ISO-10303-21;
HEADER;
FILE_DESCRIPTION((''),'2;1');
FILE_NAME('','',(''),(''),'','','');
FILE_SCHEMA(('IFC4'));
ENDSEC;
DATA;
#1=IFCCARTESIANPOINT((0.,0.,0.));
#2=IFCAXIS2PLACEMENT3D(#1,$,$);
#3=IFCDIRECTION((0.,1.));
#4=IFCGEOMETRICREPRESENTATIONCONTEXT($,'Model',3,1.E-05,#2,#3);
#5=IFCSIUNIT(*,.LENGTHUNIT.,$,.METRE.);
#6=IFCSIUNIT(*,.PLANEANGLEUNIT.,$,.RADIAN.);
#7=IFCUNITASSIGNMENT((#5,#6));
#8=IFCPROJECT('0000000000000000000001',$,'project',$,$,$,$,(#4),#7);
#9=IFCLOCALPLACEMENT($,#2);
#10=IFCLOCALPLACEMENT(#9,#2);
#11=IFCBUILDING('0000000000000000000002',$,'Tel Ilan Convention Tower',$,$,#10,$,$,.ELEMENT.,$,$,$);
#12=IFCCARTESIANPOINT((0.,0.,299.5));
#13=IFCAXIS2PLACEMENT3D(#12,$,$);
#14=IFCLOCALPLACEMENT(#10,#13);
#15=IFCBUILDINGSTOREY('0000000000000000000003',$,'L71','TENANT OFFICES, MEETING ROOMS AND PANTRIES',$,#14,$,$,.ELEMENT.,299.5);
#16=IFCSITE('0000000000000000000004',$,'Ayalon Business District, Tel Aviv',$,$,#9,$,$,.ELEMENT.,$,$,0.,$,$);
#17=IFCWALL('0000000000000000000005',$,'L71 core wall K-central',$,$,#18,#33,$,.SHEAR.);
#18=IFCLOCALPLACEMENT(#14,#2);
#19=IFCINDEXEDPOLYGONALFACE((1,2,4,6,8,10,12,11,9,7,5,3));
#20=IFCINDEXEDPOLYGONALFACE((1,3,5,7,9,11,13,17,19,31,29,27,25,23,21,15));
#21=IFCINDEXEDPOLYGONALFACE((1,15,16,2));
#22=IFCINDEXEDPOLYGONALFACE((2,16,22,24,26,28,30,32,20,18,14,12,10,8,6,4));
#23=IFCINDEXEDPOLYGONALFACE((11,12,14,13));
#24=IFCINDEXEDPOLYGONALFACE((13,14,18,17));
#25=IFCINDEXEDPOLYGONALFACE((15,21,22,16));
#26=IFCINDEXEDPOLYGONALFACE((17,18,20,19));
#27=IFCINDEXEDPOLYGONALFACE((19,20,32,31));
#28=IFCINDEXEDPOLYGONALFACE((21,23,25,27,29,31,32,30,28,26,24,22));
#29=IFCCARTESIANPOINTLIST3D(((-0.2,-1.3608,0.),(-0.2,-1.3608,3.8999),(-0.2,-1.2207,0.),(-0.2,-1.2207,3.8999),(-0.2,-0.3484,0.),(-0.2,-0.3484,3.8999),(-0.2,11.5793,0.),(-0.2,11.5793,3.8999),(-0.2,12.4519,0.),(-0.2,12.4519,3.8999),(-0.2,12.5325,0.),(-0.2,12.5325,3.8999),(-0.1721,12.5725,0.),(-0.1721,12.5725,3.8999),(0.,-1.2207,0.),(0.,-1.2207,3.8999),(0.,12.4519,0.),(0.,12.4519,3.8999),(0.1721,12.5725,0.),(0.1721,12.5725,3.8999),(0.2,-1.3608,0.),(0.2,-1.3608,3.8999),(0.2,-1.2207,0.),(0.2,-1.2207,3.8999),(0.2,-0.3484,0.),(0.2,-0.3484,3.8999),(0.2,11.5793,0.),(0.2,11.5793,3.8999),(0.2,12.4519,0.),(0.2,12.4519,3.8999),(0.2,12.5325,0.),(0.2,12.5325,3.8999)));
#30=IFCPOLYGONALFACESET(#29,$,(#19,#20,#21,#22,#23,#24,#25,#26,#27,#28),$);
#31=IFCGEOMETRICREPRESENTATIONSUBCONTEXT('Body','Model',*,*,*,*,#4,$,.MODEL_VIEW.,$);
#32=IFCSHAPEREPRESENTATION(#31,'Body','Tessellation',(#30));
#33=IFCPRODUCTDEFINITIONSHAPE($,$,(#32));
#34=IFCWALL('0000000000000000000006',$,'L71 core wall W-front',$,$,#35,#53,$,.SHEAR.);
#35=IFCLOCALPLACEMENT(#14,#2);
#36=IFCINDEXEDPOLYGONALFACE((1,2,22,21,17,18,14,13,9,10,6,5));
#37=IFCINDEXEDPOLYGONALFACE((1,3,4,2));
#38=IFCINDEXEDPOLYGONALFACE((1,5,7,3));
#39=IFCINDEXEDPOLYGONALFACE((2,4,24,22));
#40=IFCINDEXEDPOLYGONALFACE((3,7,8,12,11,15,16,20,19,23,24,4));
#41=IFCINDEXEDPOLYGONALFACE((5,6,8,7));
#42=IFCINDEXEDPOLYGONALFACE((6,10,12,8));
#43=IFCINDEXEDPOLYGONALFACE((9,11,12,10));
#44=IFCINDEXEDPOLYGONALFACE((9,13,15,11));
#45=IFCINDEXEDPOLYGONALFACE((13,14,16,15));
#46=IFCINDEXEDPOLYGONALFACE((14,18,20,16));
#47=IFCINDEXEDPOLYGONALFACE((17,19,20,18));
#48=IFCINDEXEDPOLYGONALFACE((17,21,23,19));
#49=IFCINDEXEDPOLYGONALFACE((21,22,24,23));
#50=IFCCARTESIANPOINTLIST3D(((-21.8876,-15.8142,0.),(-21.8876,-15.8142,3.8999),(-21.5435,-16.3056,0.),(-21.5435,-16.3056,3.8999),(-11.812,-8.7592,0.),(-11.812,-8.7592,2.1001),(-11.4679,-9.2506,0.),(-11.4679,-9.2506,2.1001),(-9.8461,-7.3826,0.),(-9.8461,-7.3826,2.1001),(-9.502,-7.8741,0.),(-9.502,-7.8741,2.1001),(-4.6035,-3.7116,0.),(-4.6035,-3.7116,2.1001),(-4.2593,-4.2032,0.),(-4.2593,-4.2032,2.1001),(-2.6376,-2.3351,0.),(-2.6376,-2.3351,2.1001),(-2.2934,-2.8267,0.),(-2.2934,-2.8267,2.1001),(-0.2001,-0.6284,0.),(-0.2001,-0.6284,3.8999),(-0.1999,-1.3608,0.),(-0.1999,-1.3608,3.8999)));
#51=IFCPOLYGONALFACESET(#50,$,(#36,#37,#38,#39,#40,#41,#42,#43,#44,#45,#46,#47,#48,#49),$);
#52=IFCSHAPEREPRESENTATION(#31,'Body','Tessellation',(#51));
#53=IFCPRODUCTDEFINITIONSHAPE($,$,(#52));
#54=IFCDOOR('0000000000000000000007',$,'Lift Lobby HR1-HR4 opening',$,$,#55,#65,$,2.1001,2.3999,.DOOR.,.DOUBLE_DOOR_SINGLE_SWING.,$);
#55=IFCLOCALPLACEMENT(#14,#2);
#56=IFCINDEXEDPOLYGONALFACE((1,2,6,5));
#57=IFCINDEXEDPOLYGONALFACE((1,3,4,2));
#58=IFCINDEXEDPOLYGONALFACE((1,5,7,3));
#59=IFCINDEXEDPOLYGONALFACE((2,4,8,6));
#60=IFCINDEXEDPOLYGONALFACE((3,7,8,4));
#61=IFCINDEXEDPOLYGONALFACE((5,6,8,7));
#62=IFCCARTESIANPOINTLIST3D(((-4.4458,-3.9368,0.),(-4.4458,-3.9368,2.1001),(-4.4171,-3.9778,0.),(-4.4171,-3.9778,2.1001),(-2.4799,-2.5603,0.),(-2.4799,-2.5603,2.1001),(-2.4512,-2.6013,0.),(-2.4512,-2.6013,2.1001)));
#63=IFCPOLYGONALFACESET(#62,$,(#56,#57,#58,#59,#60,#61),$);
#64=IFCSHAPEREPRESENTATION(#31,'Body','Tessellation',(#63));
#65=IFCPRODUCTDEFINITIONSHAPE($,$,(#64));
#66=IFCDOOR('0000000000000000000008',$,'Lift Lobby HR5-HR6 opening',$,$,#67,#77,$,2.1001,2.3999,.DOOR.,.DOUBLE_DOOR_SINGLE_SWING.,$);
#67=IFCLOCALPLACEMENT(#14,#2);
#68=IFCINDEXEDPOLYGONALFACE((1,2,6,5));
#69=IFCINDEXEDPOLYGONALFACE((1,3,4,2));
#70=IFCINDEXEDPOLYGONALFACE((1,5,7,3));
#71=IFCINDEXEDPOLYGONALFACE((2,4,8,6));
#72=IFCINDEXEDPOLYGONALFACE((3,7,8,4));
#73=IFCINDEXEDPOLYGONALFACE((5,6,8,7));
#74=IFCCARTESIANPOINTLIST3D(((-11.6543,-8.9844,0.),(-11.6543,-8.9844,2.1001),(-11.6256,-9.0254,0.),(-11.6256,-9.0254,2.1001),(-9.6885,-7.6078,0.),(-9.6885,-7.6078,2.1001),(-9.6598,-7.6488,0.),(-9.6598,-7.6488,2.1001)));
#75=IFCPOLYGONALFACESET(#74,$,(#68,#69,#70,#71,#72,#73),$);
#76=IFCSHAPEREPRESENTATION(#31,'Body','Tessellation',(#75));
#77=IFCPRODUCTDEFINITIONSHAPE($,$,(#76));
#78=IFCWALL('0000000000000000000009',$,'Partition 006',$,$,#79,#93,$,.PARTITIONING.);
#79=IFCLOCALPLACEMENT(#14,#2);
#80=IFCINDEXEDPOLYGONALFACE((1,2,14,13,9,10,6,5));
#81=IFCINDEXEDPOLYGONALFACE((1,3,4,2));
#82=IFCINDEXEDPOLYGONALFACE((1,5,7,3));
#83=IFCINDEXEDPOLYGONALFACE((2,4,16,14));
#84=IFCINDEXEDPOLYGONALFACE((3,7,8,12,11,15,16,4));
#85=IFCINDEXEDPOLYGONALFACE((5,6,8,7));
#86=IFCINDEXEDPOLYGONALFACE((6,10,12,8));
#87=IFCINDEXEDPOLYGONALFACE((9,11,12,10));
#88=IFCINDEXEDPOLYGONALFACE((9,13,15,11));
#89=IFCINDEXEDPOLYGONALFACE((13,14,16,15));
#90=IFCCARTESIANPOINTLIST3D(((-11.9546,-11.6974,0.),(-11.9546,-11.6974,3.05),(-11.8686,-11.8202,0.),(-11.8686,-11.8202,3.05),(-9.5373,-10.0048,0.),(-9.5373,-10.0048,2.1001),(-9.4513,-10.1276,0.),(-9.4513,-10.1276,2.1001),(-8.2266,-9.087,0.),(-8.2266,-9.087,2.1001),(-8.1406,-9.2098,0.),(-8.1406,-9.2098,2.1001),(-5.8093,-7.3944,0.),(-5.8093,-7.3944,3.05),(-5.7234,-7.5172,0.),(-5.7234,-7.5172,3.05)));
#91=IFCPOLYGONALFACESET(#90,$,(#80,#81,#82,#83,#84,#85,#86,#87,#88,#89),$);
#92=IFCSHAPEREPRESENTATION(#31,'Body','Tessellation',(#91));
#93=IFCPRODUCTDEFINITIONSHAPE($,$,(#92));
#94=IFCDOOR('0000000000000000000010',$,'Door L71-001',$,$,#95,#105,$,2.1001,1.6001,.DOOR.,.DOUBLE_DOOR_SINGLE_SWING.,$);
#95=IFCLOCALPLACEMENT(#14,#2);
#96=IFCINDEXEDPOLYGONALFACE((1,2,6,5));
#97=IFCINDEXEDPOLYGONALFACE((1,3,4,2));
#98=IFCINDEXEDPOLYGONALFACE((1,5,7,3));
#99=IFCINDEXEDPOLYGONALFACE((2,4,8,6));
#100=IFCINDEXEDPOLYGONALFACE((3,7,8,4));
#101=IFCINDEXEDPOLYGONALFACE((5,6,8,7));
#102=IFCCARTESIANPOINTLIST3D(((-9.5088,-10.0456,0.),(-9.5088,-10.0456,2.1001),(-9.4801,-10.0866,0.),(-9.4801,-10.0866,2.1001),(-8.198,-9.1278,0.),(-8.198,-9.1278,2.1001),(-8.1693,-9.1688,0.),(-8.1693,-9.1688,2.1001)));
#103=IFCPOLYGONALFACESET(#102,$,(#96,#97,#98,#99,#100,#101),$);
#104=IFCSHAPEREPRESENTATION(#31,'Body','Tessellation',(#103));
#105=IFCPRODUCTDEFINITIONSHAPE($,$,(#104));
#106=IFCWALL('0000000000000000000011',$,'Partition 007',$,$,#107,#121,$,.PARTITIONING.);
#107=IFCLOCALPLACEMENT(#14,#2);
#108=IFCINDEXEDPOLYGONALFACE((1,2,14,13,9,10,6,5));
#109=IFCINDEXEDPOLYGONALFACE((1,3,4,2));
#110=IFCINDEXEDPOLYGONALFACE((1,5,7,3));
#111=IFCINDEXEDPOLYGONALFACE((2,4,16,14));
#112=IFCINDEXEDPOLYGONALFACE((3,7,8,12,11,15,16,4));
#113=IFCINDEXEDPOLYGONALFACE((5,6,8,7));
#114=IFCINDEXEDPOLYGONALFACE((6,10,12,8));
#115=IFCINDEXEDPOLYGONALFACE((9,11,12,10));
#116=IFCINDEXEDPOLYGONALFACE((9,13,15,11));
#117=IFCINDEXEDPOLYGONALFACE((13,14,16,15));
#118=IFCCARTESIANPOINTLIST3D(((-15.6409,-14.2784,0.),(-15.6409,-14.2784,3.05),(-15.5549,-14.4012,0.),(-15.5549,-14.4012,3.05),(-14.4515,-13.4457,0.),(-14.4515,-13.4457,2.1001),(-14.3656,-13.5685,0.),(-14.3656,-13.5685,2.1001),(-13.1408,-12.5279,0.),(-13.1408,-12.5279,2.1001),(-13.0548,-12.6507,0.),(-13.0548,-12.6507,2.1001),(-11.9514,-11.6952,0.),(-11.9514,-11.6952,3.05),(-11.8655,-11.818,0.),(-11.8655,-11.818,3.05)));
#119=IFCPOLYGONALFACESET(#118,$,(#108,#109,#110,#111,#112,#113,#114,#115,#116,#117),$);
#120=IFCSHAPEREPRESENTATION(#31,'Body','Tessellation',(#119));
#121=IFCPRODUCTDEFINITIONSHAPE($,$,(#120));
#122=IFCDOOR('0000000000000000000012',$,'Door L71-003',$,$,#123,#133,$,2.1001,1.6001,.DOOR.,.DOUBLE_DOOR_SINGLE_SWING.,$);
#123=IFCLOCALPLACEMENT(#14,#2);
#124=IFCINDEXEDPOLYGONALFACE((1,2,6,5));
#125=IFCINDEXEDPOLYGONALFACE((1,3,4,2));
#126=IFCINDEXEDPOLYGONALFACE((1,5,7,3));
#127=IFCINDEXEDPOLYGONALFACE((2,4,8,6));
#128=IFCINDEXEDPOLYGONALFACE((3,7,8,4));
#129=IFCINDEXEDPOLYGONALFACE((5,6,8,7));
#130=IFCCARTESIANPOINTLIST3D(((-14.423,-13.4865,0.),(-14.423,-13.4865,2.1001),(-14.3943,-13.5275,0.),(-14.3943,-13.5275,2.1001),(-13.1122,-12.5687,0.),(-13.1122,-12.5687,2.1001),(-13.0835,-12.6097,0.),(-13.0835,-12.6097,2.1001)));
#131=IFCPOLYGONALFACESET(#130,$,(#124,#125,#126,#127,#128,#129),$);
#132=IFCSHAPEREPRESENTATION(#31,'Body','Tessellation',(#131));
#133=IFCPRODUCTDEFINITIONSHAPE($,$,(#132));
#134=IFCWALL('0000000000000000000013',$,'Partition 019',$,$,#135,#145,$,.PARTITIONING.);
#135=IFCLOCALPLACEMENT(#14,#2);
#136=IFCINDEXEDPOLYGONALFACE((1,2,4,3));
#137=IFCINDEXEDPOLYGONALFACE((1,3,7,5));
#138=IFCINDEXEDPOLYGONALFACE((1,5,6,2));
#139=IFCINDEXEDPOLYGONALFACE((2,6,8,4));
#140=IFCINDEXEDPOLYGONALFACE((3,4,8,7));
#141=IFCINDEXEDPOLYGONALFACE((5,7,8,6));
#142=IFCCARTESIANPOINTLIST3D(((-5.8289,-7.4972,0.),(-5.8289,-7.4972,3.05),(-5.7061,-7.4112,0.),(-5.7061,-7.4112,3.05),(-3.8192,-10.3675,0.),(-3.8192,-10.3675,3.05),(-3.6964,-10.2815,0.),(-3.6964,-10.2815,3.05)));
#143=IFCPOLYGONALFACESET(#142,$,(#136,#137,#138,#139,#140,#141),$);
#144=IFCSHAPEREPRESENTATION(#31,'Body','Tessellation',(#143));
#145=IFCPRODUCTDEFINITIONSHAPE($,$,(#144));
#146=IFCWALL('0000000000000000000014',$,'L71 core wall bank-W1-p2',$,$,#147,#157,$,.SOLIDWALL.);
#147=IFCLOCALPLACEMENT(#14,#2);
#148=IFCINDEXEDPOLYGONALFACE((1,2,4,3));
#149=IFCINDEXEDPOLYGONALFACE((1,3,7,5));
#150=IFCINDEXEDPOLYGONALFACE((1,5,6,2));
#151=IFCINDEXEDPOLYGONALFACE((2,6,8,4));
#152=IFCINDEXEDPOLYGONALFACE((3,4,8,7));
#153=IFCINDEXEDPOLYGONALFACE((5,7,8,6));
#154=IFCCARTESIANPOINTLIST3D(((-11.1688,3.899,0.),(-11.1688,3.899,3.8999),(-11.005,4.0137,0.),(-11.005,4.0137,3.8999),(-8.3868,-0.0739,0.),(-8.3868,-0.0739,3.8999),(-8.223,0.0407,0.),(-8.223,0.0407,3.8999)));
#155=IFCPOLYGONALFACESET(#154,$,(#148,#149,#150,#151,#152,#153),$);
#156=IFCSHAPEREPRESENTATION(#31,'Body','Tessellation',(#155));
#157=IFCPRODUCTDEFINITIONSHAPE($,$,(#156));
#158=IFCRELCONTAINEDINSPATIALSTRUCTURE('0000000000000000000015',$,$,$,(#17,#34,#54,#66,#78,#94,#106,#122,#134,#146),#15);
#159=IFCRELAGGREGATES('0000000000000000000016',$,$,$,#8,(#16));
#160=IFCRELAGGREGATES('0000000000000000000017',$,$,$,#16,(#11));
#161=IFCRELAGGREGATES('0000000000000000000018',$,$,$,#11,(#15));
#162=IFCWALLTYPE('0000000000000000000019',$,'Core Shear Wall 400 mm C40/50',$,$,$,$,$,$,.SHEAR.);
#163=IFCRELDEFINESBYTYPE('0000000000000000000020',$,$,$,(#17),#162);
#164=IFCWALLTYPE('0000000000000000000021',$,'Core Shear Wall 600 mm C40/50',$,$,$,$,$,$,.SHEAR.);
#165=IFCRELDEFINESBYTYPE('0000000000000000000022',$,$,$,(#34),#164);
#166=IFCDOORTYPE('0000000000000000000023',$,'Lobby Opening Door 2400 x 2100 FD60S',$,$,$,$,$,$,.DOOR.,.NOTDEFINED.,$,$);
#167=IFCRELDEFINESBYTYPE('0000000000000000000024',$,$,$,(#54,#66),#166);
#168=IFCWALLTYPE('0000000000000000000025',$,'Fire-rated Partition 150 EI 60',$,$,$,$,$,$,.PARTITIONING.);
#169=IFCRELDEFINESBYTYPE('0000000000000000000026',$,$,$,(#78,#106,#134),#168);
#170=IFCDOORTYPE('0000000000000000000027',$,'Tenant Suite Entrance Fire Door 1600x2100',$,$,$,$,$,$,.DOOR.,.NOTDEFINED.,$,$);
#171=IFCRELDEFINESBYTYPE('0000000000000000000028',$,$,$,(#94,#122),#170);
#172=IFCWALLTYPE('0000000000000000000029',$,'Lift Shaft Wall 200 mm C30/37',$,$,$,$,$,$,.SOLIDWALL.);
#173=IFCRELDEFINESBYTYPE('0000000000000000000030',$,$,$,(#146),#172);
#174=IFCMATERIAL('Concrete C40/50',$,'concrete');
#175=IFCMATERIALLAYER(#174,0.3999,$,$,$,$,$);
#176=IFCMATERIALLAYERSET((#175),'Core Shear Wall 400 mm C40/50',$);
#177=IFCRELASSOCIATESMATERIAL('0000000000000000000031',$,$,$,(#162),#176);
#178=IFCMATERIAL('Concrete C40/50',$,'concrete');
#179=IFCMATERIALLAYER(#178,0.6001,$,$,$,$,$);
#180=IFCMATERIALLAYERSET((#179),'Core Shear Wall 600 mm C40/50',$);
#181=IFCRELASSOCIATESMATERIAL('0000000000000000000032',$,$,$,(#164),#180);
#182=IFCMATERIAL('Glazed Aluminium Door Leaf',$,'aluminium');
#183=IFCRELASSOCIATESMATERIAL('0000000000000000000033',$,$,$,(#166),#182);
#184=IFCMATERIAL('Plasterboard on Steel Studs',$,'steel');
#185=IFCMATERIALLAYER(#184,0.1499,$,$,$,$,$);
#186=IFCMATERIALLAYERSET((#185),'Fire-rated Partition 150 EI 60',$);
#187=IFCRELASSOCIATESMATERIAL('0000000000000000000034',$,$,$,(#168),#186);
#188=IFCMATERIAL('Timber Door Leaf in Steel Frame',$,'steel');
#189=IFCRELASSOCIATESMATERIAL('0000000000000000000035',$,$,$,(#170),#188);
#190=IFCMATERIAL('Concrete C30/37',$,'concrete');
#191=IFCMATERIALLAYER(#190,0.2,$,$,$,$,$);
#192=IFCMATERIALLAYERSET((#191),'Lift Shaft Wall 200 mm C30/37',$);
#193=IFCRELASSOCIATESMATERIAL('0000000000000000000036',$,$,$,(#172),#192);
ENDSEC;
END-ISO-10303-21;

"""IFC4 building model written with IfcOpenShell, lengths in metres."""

from ifc_helpers import new_model, si_unit, direction, frame, frame_2d, origin, place, context, subcontext, project, spatial, polyline, rectangle, outline, extrude, material, layer, layer_set, type_object, element, fill, save


model = new_model("IFC4")

# Units and contexts
model_context = context("Model", 3, precision=1e-05, world=origin(), true_north=direction((0.0, 1.0)))
body_context = subcontext(model_context, "Body", "Model", "MODEL_VIEW")
ifc_project = project(units=[si_unit("LENGTHUNIT", "METRE"), si_unit("PLANEANGLEUNIT", "RADIAN")], contexts=[model_context])

# Site, building, storey
site_placement = place(None, origin())
site = spatial("IfcSite", under=ifc_project, at=site_placement, Name="Ayalon Business District, Tel Aviv", CompositionType="ELEMENT", RefElevation=0.0)
building_placement = place(site_placement, origin())
building = spatial("IfcBuilding", under=site, at=building_placement, Name="Tel Ilan Convention Tower", CompositionType="ELEMENT")
storey_placement = place(building_placement, frame((0.0, 0.0, 299.5)))
storey = spatial("IfcBuildingStorey", under=building, at=storey_placement, Name="L71", Description="TENANT OFFICES, MEETING ROOMS AND PANTRIES", CompositionType="ELEMENT", Elevation=299.5)

# Wall
ifc_material_1 = material(Name="Concrete C40/50", Category="concrete")
ifc_layer_1 = layer(ifc_material_1, 0.3999)
ifc_layer_set_1 = layer_set([ifc_layer_1], Name="Core Shear Wall 400 mm C40/50")
wall_type_1 = type_object("IfcWallType", Name="Core Shear Wall 400 mm C40/50", PredefinedType="SHEAR", material=ifc_layer_set_1)
wall_1_placement = place(storey_placement, frame((0.0, -1.3608, 0.0), z_axis=(0.0, 0.0, 1.0), x_axis=(0.0, 1.0, 0.0)))
element("IfcWall", 1, at=wall_1_placement, inside=storey, type_object=wall_type_1, Name="L71 core wall K-central", PredefinedType="SHEAR", context=body_context, shape_type="SweptSolid", body=[
    extrude(outline(polyline([(0.1401, 0.2), (0.0, 0.2), (0.1401, 0.0), (0.0, -0.2), (0.1401, -0.2), (1.0125, -0.2), (12.9402, -0.2), (13.8127, -0.2), (13.8933, -0.2), (13.9333, -0.1721), (13.8127, 0.0), (13.9333, 0.1721), (13.8933, 0.2), (13.8127, 0.2), (12.9402, 0.2), (1.0125, 0.2), (0.1401, 0.2)])), origin(), (0.0, 0.0, 1.0), 3.8999),
])

# Wall, openings, doors
ifc_material_2 = material(Name="Concrete C40/50", Category="concrete")
ifc_layer_2 = layer(ifc_material_2, 0.6001)
ifc_layer_set_2 = layer_set([ifc_layer_2], Name="Core Shear Wall 600 mm C40/50")
wall_type_2 = type_object("IfcWallType", Name="Core Shear Wall 600 mm C40/50", PredefinedType="SHEAR", material=ifc_layer_set_2)
wall_2_placement = place(storey_placement, frame((-0.0278, -0.874, 0.0), z_axis=(0.0, 0.0, 1.0), x_axis=(-0.81915, -0.573579, 0.0)))
wall_2 = element("IfcWall", 2, at=wall_2_placement, inside=storey, type_object=wall_type_2, Name="L71 core wall W-front", PredefinedType="SHEAR", context=body_context, shape_type="SweptSolid", body=[
    extrude(outline(polyline([(26.4758, 0.2998), (0.4202, 0.3), (0.0002, -0.3), (26.4758, -0.3), (26.4758, 0.2998)])), origin(), (0.0, 0.0, 1.0), 3.8999),
])
opening_1_placement = place(wall_2_placement, frame((2.9758, 0.0, 0.0)))
opening_1 = element("IfcOpeningElement", 3, at=opening_1_placement, cuts=wall_2, PredefinedType="OPENING", context=body_context, shape_type="SweptSolid", body=[
    extrude(rectangle(XDim=2.3999, YDim=2.1001, at=frame_2d((1.2, 1.05))), frame((0.0, 0.3101, 0.0), z_axis=(0.0, -1.0, 0.0), x_axis=(1.0, 0.0, 0.0)), (0.0, 0.0, 1.0), 0.6201),
])
opening_2_placement = place(wall_2_placement, frame((11.7759, 0.0, 0.0)))
opening_2 = element("IfcOpeningElement", 4, at=opening_2_placement, cuts=wall_2, PredefinedType="OPENING", context=body_context, shape_type="SweptSolid", body=[
    extrude(rectangle(XDim=2.3999, YDim=2.1001, at=frame_2d((1.2, 1.05))), frame((0.0, 0.3101, 0.0), z_axis=(0.0, -1.0, 0.0), x_axis=(1.0, 0.0, 0.0)), (0.0, 0.0, 1.0), 0.6201),
])
ifc_material_3 = material(Name="Glazed Aluminium Door Leaf", Category="aluminium")
door_type_1 = type_object("IfcDoorType", Name="Lobby Opening Door 2400 x 2100 FD60S", OperationType="NOTDEFINED", PredefinedType="DOOR", material=ifc_material_3)
door_1_placement = place(opening_1_placement, origin())
door_1 = element("IfcDoor", 5, at=door_1_placement, inside=storey, type_object=door_type_1, Name="Lift Lobby HR1-HR4 opening", OperationType="DOUBLE_DOOR_SINGLE_SWING", OverallHeight=2.1001, OverallWidth=2.3999, PredefinedType="DOOR", context=body_context, shape_type="SweptSolid", body=[
    extrude(rectangle(XDim=2.3999, YDim=2.1001, at=frame_2d((1.2, 1.05))), frame((0.0, 0.0249, 0.0), z_axis=(0.0, -1.0, 0.0), x_axis=(1.0, 0.0, 0.0)), (0.0, 0.0, 1.0), 0.05),
])
fill(opening_1, door_1)
door_2_placement = place(opening_2_placement, origin())
door_2 = element("IfcDoor", 6, at=door_2_placement, inside=storey, type_object=door_type_1, Name="Lift Lobby HR5-HR6 opening", OperationType="DOUBLE_DOOR_SINGLE_SWING", OverallHeight=2.1001, OverallWidth=2.3999, PredefinedType="DOOR", context=body_context, shape_type="SweptSolid", body=[
    extrude(rectangle(XDim=2.3999, YDim=2.1001, at=frame_2d((1.2, 1.05))), frame((0.0, 0.0249, 0.0), z_axis=(0.0, -1.0, 0.0), x_axis=(1.0, 0.0, 0.0)), (0.0, 0.0, 1.0), 0.05),
])
fill(opening_2, door_2)

# Walls, openings, doors
ifc_material_4 = material(Name="Plasterboard on Steel Studs", Category="steel")
ifc_layer_3 = layer(ifc_material_4, 0.1499)
ifc_layer_set_3 = layer_set([ifc_layer_3], Name="Fire-rated Partition 150 EI 60")
wall_type_3 = type_object("IfcWallType", Name="Fire-rated Partition 150 EI 60", PredefinedType="PARTITIONING", material=ifc_layer_set_3)
wall_3_placement = place(storey_placement, frame((-5.7664, -7.4558, 0.0), z_axis=(0.0, 0.0, 1.0), x_axis=(-0.819151, -0.573578, 0.0)))
wall_3 = element("IfcWall", 7, at=wall_3_placement, inside=storey, type_object=wall_type_3, Name="Partition 006", PredefinedType="PARTITIONING", context=body_context, shape_type="SweptSolid", body=[
    extrude(rectangle(XDim=7.502, YDim=0.1499, at=frame_2d((3.751, 0.0))), origin(), (0.0, 0.0, 1.0), 3.05),
])
opening_3_placement = place(wall_3_placement, frame((2.9509, 0.0, 0.0)))
opening_3 = element("IfcOpeningElement", 8, at=opening_3_placement, cuts=wall_3, PredefinedType="OPENING", context=body_context, shape_type="SweptSolid", body=[
    extrude(rectangle(XDim=1.6001, YDim=2.1001, at=frame_2d((0.8, 1.05))), frame((0.0, 0.085, 0.0), z_axis=(0.0, -1.0, 0.0), x_axis=(1.0, 0.0, 0.0)), (0.0, 0.0, 1.0), 0.1699),
])
ifc_material_5 = material(Name="Timber Door Leaf in Steel Frame", Category="steel")
door_type_2 = type_object("IfcDoorType", Name="Tenant Suite Entrance Fire Door 1600x2100", OperationType="NOTDEFINED", PredefinedType="DOOR", material=ifc_material_5)
door_3_placement = place(opening_3_placement, origin())
door_3 = element("IfcDoor", 9, at=door_3_placement, inside=storey, type_object=door_type_2, Name="Door L71-001", OperationType="DOUBLE_DOOR_SINGLE_SWING", OverallHeight=2.1001, OverallWidth=1.6001, PredefinedType="DOOR", context=body_context, shape_type="SweptSolid", body=[
    extrude(rectangle(XDim=1.6001, YDim=2.1001, at=frame_2d((0.8, 1.05))), frame((0.0, 0.0249, 0.0), z_axis=(0.0, -1.0, 0.0), x_axis=(1.0, 0.0, 0.0)), (0.0, 0.0, 1.0), 0.05),
])
fill(opening_3, door_3)
wall_4_placement = place(storey_placement, frame((-11.9084, -11.7566, 0.0), z_axis=(0.0, 0.0, 1.0), x_axis=(-0.819166, -0.573557, 0.0)))
wall_4 = element("IfcWall", 10, at=wall_4_placement, inside=storey, type_object=wall_type_3, Name="Partition 007", PredefinedType="PARTITIONING", context=body_context, shape_type="SweptSolid", body=[
    extrude(rectangle(XDim=4.5039, YDim=0.1499, at=frame_2d((2.252, 0.0))), origin(), (0.0, 0.0, 1.0), 3.05),
])
opening_4_placement = place(wall_4_placement, frame((1.4519, 0.0, 0.0)))
opening_4 = element("IfcOpeningElement", 11, at=opening_4_placement, cuts=wall_4, PredefinedType="OPENING", context=body_context, shape_type="SweptSolid", body=[
    extrude(rectangle(XDim=1.6001, YDim=2.1001, at=frame_2d((0.8, 1.05))), frame((0.0, 0.085, 0.0), z_axis=(0.0, -1.0, 0.0), x_axis=(1.0, 0.0, 0.0)), (0.0, 0.0, 1.0), 0.1699),
])
door_4_placement = place(opening_4_placement, origin())
door_4 = element("IfcDoor", 12, at=door_4_placement, inside=storey, type_object=door_type_2, Name="Door L71-003", OperationType="DOUBLE_DOOR_SINGLE_SWING", OverallHeight=2.1001, OverallWidth=1.6001, PredefinedType="DOOR", context=body_context, shape_type="SweptSolid", body=[
    extrude(rectangle(XDim=1.6001, YDim=2.1001, at=frame_2d((0.8, 1.05))), frame((0.0, 0.0249, 0.0), z_axis=(0.0, -1.0, 0.0), x_axis=(1.0, 0.0, 0.0)), (0.0, 0.0, 1.0), 0.05),
])
fill(opening_4, door_4)

# Walls
wall_5_placement = place(storey_placement, frame((-3.7578, -10.3245, 0.0), z_axis=(0.0, 0.0, 1.0), x_axis=(-0.573561, 0.819163, 0.0)))
element("IfcWall", 13, at=wall_5_placement, inside=storey, type_object=wall_type_3, Name="Partition 019", PredefinedType="PARTITIONING", context=body_context, shape_type="SweptSolid", body=[
    extrude(rectangle(XDim=3.5039, YDim=0.1499, at=frame_2d((1.752, 0.0))), origin(), (0.0, 0.0, 1.0), 3.05),
])
ifc_material_6 = material(Name="Concrete C30/37", Category="concrete")
ifc_layer_4 = layer(ifc_material_6, 0.2)
ifc_layer_set_4 = layer_set([ifc_layer_4], Name="Lift Shaft Wall 200 mm C30/37")
wall_type_4 = type_object("IfcWallType", Name="Lift Shaft Wall 200 mm C30/37", PredefinedType="SOLIDWALL", material=ifc_layer_set_4)
wall_6_placement = place(storey_placement, frame((-8.3049, -0.0166, 0.0), z_axis=(0.0, 0.0, 1.0), x_axis=(-0.573594, 0.81914, 0.0)))
element("IfcWall", 14, at=wall_6_placement, inside=storey, type_object=wall_type_4, Name="L71 core wall bank-W1-p2", PredefinedType="SOLIDWALL", context=body_context, shape_type="SweptSolid", body=[
    extrude(rectangle(XDim=4.8501, YDim=0.2, at=frame_2d((2.425, 0.0))), origin(), (0.0, 0.0, 1.0), 3.8999),
])

save(model, "model.ifc")
